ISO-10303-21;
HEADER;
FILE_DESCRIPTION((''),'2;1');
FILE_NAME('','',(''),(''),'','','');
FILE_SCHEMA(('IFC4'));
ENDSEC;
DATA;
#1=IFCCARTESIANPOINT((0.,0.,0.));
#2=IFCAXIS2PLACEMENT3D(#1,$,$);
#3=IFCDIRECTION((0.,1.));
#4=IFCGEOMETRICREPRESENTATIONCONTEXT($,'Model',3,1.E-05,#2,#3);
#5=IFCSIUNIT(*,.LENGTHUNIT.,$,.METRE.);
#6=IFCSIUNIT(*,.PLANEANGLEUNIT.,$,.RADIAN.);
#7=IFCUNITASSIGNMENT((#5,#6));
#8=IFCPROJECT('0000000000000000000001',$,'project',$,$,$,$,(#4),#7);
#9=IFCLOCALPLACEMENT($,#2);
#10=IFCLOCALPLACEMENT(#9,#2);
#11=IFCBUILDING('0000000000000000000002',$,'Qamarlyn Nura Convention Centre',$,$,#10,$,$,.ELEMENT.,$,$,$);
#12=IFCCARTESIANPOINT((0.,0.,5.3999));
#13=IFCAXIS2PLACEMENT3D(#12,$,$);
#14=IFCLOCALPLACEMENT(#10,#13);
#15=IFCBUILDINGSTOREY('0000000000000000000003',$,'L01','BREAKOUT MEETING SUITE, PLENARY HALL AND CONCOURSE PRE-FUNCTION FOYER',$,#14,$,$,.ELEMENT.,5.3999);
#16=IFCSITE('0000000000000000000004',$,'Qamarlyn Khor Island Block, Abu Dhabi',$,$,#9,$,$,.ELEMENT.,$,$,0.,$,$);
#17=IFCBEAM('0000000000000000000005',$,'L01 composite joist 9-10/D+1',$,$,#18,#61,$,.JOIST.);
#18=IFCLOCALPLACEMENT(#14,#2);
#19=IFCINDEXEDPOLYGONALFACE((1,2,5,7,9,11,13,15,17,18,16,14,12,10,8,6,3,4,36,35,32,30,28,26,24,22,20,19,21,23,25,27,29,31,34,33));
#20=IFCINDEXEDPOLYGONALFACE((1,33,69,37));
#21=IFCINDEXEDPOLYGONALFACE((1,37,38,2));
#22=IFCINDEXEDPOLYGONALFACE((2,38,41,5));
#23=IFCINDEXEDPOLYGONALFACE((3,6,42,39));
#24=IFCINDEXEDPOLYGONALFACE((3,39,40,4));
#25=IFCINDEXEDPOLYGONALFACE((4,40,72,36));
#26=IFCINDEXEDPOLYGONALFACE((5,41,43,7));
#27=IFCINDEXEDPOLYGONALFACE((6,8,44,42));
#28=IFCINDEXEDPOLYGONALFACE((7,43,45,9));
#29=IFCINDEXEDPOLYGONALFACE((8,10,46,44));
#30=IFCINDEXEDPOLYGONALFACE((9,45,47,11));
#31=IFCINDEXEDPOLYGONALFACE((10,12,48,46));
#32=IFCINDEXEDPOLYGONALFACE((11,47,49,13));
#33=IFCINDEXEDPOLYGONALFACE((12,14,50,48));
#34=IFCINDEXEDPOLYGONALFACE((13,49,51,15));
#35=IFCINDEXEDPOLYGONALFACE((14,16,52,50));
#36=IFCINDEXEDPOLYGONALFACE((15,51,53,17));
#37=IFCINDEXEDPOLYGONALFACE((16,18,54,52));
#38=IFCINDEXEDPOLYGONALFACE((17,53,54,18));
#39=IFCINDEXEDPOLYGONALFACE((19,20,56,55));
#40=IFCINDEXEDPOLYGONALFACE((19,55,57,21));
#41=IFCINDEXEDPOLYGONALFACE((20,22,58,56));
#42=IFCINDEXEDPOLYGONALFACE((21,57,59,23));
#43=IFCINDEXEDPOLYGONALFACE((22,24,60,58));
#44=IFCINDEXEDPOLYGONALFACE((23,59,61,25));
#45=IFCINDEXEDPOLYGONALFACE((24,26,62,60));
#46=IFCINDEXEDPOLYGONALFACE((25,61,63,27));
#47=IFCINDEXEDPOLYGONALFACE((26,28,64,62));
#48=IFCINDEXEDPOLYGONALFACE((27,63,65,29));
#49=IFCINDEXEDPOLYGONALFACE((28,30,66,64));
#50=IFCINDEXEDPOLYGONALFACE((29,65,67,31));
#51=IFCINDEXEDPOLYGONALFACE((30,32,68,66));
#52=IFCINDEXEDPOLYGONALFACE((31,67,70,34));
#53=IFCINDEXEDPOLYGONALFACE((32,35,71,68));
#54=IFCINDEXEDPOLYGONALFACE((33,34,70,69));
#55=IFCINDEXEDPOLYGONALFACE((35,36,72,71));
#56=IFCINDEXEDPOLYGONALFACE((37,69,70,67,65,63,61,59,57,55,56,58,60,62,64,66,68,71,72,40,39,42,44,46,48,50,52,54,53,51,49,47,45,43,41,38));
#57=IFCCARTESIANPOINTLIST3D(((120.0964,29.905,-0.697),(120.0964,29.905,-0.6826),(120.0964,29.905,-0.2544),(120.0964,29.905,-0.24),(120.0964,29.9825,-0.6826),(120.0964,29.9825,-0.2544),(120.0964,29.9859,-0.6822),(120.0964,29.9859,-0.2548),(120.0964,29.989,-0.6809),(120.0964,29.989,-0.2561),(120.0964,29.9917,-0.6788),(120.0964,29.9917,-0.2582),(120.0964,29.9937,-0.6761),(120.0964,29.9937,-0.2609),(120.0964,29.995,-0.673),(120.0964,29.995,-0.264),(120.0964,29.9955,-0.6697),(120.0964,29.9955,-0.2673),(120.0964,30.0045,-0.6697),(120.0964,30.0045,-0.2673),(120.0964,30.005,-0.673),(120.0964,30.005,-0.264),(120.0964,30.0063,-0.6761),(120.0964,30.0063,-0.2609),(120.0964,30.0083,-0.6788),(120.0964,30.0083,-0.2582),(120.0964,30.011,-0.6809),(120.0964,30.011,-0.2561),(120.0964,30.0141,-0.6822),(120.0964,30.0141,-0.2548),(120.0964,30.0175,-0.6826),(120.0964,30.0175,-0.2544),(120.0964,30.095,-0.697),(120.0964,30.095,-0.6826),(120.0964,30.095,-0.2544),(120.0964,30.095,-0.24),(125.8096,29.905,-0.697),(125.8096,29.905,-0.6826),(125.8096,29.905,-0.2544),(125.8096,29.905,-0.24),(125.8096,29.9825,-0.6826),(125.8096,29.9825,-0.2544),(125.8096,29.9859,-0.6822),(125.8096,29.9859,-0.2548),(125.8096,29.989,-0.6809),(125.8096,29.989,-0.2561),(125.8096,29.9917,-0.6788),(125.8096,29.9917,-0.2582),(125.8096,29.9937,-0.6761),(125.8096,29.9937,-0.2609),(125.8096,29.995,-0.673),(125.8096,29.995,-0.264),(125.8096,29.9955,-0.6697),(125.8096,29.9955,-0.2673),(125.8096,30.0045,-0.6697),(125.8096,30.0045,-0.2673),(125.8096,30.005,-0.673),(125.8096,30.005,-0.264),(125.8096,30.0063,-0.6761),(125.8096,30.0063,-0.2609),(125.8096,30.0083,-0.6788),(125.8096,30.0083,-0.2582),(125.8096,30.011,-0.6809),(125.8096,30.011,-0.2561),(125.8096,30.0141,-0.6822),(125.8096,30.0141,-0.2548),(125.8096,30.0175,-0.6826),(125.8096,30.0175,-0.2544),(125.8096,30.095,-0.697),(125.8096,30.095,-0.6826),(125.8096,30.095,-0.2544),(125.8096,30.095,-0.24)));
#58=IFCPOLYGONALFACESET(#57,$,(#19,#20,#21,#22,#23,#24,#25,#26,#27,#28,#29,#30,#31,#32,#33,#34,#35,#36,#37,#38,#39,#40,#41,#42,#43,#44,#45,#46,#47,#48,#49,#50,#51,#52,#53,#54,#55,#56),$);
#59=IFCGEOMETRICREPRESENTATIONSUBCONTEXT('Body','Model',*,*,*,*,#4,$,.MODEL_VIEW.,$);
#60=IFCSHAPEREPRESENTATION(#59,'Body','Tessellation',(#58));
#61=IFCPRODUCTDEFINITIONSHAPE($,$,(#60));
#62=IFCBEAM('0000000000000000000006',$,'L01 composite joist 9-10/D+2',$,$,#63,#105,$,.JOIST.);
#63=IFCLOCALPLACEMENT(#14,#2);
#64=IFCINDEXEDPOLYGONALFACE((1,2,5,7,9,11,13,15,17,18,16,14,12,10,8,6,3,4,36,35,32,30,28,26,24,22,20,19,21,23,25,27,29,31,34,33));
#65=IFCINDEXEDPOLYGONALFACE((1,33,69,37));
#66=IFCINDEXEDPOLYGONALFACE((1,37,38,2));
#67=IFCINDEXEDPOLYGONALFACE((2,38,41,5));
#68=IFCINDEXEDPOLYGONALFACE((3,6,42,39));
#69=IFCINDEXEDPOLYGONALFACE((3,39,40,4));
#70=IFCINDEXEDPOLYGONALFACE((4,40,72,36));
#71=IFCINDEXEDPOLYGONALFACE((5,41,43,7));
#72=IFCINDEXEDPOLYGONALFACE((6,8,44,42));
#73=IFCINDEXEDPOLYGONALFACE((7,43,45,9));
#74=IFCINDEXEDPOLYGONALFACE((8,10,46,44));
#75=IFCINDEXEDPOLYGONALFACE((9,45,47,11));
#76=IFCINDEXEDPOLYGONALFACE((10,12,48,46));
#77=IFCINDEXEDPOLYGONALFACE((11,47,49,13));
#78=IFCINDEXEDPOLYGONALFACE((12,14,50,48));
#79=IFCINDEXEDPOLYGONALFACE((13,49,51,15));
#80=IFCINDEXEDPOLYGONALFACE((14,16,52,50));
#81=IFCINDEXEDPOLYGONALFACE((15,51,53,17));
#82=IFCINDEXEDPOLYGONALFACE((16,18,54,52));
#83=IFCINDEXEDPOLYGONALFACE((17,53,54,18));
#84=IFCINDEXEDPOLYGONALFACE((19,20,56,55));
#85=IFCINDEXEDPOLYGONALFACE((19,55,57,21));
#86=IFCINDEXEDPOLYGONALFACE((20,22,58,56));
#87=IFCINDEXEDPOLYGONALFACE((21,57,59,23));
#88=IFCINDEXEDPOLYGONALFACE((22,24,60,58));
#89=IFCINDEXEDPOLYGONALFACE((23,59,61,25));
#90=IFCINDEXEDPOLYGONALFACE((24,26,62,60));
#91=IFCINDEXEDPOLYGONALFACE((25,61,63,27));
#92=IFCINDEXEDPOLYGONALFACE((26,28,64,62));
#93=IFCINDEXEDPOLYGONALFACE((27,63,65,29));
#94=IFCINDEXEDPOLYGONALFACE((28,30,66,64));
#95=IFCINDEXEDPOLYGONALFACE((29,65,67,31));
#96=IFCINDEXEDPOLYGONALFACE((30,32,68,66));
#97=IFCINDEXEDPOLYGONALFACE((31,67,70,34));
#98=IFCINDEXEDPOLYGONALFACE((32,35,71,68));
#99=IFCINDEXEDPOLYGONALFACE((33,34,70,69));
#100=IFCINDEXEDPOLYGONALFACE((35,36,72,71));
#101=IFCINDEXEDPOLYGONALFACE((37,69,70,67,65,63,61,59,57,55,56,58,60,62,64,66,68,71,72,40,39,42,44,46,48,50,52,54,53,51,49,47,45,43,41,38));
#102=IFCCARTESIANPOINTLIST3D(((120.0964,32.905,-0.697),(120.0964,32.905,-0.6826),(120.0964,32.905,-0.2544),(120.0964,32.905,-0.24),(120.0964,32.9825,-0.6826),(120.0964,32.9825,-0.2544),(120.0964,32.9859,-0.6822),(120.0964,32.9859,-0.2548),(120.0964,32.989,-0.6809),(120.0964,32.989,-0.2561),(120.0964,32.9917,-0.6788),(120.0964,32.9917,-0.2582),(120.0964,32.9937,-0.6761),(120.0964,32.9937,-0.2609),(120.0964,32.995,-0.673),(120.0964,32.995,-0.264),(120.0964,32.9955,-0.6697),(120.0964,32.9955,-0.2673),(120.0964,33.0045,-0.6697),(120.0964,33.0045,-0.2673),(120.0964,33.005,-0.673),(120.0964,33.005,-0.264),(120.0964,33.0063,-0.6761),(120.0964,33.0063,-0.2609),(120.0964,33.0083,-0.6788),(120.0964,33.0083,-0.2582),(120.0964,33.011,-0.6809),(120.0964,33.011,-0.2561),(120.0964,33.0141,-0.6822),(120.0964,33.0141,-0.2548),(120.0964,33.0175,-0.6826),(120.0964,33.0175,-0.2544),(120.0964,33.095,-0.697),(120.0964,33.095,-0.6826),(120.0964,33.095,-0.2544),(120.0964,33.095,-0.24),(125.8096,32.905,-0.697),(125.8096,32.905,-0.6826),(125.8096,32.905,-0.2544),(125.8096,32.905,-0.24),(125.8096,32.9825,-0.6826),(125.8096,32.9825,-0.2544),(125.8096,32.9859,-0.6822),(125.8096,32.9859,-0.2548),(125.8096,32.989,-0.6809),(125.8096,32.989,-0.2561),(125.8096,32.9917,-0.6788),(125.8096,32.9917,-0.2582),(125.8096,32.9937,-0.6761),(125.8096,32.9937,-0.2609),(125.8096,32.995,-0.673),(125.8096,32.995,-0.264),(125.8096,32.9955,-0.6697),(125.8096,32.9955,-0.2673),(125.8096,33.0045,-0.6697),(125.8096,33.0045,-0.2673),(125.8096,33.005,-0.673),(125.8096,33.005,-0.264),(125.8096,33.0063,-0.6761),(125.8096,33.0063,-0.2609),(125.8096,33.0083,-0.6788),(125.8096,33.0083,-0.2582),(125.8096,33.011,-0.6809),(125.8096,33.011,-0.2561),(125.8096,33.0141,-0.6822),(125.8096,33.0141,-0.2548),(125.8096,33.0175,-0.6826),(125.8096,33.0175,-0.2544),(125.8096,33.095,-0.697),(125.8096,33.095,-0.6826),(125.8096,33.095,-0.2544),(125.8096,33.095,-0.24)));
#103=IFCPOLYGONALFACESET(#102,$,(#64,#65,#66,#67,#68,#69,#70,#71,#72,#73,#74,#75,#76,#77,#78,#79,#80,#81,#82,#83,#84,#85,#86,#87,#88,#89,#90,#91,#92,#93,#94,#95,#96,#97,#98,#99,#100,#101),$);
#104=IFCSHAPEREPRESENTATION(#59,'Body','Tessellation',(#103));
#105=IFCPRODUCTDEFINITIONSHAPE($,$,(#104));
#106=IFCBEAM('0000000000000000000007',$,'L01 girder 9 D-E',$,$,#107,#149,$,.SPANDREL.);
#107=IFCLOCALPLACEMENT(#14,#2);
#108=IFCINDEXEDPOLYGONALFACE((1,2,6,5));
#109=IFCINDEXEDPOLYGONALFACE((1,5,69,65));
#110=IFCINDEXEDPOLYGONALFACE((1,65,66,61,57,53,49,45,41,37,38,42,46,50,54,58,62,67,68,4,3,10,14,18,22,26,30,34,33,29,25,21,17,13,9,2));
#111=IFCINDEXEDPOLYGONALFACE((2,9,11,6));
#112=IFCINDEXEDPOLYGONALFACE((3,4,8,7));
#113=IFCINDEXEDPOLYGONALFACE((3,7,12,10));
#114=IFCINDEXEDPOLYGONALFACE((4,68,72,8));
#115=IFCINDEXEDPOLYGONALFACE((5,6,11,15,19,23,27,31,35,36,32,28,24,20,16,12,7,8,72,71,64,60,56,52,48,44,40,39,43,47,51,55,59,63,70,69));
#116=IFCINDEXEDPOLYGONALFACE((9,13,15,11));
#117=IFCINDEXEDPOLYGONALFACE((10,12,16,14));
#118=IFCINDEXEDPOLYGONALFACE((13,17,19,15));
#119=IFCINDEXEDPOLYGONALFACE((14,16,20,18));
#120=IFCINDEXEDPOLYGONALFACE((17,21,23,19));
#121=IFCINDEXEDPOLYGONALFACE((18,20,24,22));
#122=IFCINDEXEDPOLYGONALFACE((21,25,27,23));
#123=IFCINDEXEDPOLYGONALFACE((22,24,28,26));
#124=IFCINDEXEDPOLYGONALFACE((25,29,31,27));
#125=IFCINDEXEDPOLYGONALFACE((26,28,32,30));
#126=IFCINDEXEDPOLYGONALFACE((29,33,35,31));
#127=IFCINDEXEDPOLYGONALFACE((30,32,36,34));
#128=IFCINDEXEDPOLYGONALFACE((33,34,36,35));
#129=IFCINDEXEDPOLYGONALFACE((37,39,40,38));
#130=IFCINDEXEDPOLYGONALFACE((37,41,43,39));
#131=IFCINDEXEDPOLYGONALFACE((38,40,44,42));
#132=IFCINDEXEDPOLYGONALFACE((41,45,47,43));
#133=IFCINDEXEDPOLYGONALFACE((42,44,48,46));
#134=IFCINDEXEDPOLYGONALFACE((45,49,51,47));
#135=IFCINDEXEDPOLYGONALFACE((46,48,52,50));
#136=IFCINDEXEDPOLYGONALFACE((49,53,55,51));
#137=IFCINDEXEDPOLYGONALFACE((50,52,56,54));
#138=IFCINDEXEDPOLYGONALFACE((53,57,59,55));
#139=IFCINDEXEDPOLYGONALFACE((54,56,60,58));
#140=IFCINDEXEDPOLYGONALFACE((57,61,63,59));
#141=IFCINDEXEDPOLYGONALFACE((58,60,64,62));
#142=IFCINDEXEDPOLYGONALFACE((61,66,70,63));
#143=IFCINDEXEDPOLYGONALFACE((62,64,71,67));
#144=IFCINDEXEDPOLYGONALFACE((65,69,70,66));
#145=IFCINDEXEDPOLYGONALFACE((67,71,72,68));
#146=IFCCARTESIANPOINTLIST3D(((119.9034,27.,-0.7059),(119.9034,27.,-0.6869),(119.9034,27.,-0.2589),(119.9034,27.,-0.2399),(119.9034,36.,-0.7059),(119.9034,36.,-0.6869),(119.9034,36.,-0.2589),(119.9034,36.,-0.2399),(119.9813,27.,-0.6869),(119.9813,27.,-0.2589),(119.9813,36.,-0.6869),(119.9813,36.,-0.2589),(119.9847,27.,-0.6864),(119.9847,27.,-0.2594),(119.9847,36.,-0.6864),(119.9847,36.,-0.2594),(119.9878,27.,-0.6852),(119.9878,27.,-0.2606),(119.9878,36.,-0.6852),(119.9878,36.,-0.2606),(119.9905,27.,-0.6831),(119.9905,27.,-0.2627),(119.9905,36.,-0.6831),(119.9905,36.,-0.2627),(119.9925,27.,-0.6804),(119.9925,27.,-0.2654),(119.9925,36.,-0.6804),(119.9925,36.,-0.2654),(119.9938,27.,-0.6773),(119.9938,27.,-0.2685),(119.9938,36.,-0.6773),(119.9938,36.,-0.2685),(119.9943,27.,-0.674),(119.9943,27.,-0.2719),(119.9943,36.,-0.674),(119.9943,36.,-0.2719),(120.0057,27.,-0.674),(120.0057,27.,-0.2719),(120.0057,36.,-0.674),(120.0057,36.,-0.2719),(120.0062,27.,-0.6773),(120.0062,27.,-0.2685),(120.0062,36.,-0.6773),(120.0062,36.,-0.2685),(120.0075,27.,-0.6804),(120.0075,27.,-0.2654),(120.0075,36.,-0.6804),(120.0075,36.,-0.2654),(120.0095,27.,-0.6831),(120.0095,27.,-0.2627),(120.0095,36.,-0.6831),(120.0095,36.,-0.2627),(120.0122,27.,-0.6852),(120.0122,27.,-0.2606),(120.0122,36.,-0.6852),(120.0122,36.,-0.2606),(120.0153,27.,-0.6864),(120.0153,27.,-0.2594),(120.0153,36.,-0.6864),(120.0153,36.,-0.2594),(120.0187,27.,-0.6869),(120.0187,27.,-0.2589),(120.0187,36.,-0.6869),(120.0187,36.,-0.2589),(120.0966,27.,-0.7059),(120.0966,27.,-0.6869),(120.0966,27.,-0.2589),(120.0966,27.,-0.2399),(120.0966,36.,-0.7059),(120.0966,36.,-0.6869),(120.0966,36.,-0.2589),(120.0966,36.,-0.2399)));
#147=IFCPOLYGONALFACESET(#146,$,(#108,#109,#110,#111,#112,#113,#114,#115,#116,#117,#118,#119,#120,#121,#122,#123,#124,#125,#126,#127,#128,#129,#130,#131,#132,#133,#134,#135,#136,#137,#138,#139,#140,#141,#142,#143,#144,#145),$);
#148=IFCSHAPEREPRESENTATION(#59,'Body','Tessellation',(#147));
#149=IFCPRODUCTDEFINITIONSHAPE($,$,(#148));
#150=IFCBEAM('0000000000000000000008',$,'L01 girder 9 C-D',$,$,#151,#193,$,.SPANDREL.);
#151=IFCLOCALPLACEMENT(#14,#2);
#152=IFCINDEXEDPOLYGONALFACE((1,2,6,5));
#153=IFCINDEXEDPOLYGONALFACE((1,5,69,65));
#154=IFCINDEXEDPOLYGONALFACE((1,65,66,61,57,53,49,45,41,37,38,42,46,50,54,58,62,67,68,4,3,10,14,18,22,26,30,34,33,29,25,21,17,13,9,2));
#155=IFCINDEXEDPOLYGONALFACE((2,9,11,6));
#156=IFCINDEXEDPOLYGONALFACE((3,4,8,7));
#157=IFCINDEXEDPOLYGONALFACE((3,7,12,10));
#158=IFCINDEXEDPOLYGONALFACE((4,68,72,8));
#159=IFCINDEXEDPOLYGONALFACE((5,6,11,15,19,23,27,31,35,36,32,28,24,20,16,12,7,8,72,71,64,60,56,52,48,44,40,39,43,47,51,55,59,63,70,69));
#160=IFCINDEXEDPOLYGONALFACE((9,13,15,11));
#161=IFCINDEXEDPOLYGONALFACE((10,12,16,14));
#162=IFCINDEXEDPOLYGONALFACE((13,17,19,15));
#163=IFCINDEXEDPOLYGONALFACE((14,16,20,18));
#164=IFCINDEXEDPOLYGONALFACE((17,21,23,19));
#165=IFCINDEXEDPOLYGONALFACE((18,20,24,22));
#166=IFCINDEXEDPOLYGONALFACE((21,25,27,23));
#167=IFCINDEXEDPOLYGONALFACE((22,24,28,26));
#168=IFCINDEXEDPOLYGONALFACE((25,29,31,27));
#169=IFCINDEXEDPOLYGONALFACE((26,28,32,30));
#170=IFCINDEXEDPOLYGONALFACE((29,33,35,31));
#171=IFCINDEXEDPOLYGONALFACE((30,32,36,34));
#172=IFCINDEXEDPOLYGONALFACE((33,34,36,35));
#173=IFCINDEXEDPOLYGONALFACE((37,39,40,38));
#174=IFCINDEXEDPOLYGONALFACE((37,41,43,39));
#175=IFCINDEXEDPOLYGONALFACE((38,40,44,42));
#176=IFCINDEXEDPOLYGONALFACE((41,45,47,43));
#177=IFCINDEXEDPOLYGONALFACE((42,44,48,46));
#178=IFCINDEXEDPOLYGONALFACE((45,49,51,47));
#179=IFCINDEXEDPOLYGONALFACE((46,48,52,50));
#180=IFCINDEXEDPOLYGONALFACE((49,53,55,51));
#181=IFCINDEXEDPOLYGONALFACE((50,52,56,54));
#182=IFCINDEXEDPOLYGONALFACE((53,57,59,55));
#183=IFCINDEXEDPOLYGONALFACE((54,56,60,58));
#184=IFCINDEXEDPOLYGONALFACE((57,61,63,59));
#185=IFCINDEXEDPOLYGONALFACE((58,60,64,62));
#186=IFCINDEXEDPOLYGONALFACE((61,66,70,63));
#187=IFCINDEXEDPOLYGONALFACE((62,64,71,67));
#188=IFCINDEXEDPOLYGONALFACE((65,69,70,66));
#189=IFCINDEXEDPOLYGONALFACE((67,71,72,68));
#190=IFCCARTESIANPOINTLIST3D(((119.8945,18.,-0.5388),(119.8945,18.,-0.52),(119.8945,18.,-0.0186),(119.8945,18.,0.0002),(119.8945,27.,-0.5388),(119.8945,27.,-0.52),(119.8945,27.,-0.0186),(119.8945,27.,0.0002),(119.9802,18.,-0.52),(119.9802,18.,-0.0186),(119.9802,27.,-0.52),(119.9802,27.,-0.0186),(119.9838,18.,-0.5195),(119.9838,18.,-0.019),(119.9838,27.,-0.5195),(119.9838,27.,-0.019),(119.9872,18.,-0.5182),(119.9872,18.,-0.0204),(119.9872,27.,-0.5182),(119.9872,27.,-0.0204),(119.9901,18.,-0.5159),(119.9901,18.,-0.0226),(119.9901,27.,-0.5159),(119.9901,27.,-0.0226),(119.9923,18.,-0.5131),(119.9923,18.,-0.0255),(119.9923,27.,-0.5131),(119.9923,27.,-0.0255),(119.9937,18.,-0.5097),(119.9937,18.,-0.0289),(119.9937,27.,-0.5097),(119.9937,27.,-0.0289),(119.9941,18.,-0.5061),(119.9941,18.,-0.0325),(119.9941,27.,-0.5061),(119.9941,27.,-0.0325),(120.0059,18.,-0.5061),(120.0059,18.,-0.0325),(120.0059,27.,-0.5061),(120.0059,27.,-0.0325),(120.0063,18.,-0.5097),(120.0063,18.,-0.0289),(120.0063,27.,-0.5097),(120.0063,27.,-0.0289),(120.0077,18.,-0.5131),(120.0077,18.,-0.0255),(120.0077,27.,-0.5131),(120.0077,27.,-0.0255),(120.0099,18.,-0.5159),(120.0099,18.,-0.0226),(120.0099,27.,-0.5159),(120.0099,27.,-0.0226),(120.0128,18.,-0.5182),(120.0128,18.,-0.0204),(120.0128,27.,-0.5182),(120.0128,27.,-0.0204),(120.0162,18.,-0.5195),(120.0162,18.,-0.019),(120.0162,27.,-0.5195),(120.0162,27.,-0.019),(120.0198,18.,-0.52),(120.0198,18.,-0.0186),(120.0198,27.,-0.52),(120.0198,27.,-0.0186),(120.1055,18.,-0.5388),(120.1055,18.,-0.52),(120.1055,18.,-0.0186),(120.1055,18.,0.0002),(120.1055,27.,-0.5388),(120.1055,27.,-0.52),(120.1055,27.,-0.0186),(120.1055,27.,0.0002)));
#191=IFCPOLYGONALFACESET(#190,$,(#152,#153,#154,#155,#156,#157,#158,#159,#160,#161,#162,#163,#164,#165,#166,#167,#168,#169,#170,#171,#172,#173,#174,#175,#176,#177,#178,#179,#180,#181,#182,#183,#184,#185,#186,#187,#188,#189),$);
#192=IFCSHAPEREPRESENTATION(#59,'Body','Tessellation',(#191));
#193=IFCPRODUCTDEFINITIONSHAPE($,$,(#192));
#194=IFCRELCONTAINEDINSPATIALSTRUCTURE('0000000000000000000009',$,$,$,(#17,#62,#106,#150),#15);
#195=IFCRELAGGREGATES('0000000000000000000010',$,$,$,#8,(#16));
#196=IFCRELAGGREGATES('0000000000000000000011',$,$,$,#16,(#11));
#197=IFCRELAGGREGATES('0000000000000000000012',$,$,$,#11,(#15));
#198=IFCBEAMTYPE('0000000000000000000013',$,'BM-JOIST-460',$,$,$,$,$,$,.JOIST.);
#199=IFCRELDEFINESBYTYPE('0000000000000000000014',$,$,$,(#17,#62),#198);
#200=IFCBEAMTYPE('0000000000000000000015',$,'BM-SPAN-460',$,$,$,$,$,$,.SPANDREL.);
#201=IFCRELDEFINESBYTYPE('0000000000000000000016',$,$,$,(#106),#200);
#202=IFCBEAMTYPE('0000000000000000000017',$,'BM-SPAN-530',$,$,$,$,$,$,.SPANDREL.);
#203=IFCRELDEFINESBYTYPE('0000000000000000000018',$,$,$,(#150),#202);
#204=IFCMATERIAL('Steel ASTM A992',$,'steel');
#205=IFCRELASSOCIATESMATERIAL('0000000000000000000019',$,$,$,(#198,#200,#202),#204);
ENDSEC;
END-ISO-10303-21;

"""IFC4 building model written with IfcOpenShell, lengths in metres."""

from ifc_helpers import new_model, si_unit, direction, frame, origin, origin_2d, place, context, subcontext, project, spatial, i_section, extrude, material, material_profile, profile_set, type_object, element, save


model = new_model("IFC4")

# Units and contexts
model_context = context("Model", 3, precision=1e-05, world=origin(), true_north=direction((0.0, 1.0)))
body_context = subcontext(model_context, "Body", "Model", "MODEL_VIEW")
ifc_project = project(units=[si_unit("LENGTHUNIT", "METRE"), si_unit("PLANEANGLEUNIT", "RADIAN")], contexts=[model_context])

# Site, building, storey
site_placement = place(None, origin())
site = spatial("IfcSite", under=ifc_project, at=site_placement, Name="Qamarlyn Khor Island Block, Abu Dhabi", CompositionType="ELEMENT", RefElevation=0.0)
building_placement = place(site_placement, origin())
building = spatial("IfcBuilding", under=site, at=building_placement, Name="Qamarlyn Nura Convention Centre", CompositionType="ELEMENT")
storey_placement = place(building_placement, frame((0.0, 0.0, 5.3999)))
storey = spatial("IfcBuildingStorey", under=building, at=storey_placement, Name="L01", Description="BREAKOUT MEETING SUITE, PLENARY HALL AND CONCOURSE PRE-FUNCTION FOYER", CompositionType="ELEMENT", Elevation=5.3999)

# Shared definitions
ifc_material_1 = material(Name="Steel ASTM A992", Category="steel")

# Beams
ifc_material_profile_1 = material_profile(ifc_material_1, i_section(OverallWidth=0.1899, OverallDepth=0.457, WebThickness=0.009, FlangeThickness=0.0144, FilletRadius=0.0129, at=origin_2d()), Name="W460X74")
ifc_profile_set_1 = profile_set([ifc_material_profile_1], Name="Steel ASTM A992")
beam_type_1 = type_object("IfcBeamType", Name="BM-JOIST-460", PredefinedType="JOIST", material=ifc_profile_set_1)
for number, where, z_axis, x_axis, name in (
    (1, (120.0964, 30.0, -0.4685), (1.0, 0.0, 0.0), (0.0, 1.0, 0.0), "L01 composite joist 9-10/D+1"),
    (2, (120.0964, 33.0, -0.4685), (1.0, 0.0, 0.0), (0.0, 1.0, 0.0), "L01 composite joist 9-10/D+2"),
):
    element("IfcBeam", number, at=place(storey_placement, frame(where, z_axis=z_axis, x_axis=x_axis)), inside=storey, type_object=beam_type_1, Name=name, PredefinedType="JOIST", context=body_context, shape_type="SweptSolid", body=[
        extrude(i_section(OverallWidth=0.1899, OverallDepth=0.457, WebThickness=0.009, FlangeThickness=0.0144, FilletRadius=0.0129, at=origin_2d()), origin(), (0.0, 0.0, 1.0), 5.7131),
    ])
ifc_material_profile_2 = material_profile(ifc_material_1, i_section(OverallWidth=0.1931, OverallDepth=0.4661, WebThickness=0.0115, FlangeThickness=0.019, FilletRadius=0.0129, at=origin_2d()), Name="W460X97")
ifc_profile_set_2 = profile_set([ifc_material_profile_2], Name="Steel ASTM A992")
beam_type_2 = type_object("IfcBeamType", Name="BM-SPAN-460", PredefinedType="SPANDREL", material=ifc_profile_set_2)
beam_1_placement = place(storey_placement, frame((120.0, 27.0, -0.4729), z_axis=(0.0, 1.0, 0.0), x_axis=(-1.0, 0.0, 0.0)))
element("IfcBeam", 3, at=beam_1_placement, inside=storey, type_object=beam_type_2, Name="L01 girder 9 D-E", PredefinedType="SPANDREL", context=body_context, shape_type="SweptSolid", body=[
    extrude(i_section(OverallWidth=0.1931, OverallDepth=0.4661, WebThickness=0.0115, FlangeThickness=0.019, FilletRadius=0.0129, at=origin_2d()), origin(), (0.0, 0.0, 1.0), 9.0),
])
ifc_material_profile_3 = material_profile(ifc_material_1, i_section(OverallWidth=0.2109, OverallDepth=0.5391, WebThickness=0.0117, FlangeThickness=0.0188, FilletRadius=0.0139, at=origin_2d()), Name="W530X109")
ifc_profile_set_3 = profile_set([ifc_material_profile_3], Name="Steel ASTM A992")
beam_type_3 = type_object("IfcBeamType", Name="BM-SPAN-530", PredefinedType="SPANDREL", material=ifc_profile_set_3)
beam_2_placement = place(storey_placement, frame((120.0, 18.0, -0.2693), z_axis=(0.0, 1.0, 0.0), x_axis=(-1.0, 0.0, 0.0)))
element("IfcBeam", 4, at=beam_2_placement, inside=storey, type_object=beam_type_3, Name="L01 girder 9 C-D", PredefinedType="SPANDREL", context=body_context, shape_type="SweptSolid", body=[
    extrude(i_section(OverallWidth=0.2109, OverallDepth=0.5391, WebThickness=0.0117, FlangeThickness=0.0188, FilletRadius=0.0139, at=origin_2d()), origin(), (0.0, 0.0, 1.0), 9.0),
])

save(model, "model.ifc")
